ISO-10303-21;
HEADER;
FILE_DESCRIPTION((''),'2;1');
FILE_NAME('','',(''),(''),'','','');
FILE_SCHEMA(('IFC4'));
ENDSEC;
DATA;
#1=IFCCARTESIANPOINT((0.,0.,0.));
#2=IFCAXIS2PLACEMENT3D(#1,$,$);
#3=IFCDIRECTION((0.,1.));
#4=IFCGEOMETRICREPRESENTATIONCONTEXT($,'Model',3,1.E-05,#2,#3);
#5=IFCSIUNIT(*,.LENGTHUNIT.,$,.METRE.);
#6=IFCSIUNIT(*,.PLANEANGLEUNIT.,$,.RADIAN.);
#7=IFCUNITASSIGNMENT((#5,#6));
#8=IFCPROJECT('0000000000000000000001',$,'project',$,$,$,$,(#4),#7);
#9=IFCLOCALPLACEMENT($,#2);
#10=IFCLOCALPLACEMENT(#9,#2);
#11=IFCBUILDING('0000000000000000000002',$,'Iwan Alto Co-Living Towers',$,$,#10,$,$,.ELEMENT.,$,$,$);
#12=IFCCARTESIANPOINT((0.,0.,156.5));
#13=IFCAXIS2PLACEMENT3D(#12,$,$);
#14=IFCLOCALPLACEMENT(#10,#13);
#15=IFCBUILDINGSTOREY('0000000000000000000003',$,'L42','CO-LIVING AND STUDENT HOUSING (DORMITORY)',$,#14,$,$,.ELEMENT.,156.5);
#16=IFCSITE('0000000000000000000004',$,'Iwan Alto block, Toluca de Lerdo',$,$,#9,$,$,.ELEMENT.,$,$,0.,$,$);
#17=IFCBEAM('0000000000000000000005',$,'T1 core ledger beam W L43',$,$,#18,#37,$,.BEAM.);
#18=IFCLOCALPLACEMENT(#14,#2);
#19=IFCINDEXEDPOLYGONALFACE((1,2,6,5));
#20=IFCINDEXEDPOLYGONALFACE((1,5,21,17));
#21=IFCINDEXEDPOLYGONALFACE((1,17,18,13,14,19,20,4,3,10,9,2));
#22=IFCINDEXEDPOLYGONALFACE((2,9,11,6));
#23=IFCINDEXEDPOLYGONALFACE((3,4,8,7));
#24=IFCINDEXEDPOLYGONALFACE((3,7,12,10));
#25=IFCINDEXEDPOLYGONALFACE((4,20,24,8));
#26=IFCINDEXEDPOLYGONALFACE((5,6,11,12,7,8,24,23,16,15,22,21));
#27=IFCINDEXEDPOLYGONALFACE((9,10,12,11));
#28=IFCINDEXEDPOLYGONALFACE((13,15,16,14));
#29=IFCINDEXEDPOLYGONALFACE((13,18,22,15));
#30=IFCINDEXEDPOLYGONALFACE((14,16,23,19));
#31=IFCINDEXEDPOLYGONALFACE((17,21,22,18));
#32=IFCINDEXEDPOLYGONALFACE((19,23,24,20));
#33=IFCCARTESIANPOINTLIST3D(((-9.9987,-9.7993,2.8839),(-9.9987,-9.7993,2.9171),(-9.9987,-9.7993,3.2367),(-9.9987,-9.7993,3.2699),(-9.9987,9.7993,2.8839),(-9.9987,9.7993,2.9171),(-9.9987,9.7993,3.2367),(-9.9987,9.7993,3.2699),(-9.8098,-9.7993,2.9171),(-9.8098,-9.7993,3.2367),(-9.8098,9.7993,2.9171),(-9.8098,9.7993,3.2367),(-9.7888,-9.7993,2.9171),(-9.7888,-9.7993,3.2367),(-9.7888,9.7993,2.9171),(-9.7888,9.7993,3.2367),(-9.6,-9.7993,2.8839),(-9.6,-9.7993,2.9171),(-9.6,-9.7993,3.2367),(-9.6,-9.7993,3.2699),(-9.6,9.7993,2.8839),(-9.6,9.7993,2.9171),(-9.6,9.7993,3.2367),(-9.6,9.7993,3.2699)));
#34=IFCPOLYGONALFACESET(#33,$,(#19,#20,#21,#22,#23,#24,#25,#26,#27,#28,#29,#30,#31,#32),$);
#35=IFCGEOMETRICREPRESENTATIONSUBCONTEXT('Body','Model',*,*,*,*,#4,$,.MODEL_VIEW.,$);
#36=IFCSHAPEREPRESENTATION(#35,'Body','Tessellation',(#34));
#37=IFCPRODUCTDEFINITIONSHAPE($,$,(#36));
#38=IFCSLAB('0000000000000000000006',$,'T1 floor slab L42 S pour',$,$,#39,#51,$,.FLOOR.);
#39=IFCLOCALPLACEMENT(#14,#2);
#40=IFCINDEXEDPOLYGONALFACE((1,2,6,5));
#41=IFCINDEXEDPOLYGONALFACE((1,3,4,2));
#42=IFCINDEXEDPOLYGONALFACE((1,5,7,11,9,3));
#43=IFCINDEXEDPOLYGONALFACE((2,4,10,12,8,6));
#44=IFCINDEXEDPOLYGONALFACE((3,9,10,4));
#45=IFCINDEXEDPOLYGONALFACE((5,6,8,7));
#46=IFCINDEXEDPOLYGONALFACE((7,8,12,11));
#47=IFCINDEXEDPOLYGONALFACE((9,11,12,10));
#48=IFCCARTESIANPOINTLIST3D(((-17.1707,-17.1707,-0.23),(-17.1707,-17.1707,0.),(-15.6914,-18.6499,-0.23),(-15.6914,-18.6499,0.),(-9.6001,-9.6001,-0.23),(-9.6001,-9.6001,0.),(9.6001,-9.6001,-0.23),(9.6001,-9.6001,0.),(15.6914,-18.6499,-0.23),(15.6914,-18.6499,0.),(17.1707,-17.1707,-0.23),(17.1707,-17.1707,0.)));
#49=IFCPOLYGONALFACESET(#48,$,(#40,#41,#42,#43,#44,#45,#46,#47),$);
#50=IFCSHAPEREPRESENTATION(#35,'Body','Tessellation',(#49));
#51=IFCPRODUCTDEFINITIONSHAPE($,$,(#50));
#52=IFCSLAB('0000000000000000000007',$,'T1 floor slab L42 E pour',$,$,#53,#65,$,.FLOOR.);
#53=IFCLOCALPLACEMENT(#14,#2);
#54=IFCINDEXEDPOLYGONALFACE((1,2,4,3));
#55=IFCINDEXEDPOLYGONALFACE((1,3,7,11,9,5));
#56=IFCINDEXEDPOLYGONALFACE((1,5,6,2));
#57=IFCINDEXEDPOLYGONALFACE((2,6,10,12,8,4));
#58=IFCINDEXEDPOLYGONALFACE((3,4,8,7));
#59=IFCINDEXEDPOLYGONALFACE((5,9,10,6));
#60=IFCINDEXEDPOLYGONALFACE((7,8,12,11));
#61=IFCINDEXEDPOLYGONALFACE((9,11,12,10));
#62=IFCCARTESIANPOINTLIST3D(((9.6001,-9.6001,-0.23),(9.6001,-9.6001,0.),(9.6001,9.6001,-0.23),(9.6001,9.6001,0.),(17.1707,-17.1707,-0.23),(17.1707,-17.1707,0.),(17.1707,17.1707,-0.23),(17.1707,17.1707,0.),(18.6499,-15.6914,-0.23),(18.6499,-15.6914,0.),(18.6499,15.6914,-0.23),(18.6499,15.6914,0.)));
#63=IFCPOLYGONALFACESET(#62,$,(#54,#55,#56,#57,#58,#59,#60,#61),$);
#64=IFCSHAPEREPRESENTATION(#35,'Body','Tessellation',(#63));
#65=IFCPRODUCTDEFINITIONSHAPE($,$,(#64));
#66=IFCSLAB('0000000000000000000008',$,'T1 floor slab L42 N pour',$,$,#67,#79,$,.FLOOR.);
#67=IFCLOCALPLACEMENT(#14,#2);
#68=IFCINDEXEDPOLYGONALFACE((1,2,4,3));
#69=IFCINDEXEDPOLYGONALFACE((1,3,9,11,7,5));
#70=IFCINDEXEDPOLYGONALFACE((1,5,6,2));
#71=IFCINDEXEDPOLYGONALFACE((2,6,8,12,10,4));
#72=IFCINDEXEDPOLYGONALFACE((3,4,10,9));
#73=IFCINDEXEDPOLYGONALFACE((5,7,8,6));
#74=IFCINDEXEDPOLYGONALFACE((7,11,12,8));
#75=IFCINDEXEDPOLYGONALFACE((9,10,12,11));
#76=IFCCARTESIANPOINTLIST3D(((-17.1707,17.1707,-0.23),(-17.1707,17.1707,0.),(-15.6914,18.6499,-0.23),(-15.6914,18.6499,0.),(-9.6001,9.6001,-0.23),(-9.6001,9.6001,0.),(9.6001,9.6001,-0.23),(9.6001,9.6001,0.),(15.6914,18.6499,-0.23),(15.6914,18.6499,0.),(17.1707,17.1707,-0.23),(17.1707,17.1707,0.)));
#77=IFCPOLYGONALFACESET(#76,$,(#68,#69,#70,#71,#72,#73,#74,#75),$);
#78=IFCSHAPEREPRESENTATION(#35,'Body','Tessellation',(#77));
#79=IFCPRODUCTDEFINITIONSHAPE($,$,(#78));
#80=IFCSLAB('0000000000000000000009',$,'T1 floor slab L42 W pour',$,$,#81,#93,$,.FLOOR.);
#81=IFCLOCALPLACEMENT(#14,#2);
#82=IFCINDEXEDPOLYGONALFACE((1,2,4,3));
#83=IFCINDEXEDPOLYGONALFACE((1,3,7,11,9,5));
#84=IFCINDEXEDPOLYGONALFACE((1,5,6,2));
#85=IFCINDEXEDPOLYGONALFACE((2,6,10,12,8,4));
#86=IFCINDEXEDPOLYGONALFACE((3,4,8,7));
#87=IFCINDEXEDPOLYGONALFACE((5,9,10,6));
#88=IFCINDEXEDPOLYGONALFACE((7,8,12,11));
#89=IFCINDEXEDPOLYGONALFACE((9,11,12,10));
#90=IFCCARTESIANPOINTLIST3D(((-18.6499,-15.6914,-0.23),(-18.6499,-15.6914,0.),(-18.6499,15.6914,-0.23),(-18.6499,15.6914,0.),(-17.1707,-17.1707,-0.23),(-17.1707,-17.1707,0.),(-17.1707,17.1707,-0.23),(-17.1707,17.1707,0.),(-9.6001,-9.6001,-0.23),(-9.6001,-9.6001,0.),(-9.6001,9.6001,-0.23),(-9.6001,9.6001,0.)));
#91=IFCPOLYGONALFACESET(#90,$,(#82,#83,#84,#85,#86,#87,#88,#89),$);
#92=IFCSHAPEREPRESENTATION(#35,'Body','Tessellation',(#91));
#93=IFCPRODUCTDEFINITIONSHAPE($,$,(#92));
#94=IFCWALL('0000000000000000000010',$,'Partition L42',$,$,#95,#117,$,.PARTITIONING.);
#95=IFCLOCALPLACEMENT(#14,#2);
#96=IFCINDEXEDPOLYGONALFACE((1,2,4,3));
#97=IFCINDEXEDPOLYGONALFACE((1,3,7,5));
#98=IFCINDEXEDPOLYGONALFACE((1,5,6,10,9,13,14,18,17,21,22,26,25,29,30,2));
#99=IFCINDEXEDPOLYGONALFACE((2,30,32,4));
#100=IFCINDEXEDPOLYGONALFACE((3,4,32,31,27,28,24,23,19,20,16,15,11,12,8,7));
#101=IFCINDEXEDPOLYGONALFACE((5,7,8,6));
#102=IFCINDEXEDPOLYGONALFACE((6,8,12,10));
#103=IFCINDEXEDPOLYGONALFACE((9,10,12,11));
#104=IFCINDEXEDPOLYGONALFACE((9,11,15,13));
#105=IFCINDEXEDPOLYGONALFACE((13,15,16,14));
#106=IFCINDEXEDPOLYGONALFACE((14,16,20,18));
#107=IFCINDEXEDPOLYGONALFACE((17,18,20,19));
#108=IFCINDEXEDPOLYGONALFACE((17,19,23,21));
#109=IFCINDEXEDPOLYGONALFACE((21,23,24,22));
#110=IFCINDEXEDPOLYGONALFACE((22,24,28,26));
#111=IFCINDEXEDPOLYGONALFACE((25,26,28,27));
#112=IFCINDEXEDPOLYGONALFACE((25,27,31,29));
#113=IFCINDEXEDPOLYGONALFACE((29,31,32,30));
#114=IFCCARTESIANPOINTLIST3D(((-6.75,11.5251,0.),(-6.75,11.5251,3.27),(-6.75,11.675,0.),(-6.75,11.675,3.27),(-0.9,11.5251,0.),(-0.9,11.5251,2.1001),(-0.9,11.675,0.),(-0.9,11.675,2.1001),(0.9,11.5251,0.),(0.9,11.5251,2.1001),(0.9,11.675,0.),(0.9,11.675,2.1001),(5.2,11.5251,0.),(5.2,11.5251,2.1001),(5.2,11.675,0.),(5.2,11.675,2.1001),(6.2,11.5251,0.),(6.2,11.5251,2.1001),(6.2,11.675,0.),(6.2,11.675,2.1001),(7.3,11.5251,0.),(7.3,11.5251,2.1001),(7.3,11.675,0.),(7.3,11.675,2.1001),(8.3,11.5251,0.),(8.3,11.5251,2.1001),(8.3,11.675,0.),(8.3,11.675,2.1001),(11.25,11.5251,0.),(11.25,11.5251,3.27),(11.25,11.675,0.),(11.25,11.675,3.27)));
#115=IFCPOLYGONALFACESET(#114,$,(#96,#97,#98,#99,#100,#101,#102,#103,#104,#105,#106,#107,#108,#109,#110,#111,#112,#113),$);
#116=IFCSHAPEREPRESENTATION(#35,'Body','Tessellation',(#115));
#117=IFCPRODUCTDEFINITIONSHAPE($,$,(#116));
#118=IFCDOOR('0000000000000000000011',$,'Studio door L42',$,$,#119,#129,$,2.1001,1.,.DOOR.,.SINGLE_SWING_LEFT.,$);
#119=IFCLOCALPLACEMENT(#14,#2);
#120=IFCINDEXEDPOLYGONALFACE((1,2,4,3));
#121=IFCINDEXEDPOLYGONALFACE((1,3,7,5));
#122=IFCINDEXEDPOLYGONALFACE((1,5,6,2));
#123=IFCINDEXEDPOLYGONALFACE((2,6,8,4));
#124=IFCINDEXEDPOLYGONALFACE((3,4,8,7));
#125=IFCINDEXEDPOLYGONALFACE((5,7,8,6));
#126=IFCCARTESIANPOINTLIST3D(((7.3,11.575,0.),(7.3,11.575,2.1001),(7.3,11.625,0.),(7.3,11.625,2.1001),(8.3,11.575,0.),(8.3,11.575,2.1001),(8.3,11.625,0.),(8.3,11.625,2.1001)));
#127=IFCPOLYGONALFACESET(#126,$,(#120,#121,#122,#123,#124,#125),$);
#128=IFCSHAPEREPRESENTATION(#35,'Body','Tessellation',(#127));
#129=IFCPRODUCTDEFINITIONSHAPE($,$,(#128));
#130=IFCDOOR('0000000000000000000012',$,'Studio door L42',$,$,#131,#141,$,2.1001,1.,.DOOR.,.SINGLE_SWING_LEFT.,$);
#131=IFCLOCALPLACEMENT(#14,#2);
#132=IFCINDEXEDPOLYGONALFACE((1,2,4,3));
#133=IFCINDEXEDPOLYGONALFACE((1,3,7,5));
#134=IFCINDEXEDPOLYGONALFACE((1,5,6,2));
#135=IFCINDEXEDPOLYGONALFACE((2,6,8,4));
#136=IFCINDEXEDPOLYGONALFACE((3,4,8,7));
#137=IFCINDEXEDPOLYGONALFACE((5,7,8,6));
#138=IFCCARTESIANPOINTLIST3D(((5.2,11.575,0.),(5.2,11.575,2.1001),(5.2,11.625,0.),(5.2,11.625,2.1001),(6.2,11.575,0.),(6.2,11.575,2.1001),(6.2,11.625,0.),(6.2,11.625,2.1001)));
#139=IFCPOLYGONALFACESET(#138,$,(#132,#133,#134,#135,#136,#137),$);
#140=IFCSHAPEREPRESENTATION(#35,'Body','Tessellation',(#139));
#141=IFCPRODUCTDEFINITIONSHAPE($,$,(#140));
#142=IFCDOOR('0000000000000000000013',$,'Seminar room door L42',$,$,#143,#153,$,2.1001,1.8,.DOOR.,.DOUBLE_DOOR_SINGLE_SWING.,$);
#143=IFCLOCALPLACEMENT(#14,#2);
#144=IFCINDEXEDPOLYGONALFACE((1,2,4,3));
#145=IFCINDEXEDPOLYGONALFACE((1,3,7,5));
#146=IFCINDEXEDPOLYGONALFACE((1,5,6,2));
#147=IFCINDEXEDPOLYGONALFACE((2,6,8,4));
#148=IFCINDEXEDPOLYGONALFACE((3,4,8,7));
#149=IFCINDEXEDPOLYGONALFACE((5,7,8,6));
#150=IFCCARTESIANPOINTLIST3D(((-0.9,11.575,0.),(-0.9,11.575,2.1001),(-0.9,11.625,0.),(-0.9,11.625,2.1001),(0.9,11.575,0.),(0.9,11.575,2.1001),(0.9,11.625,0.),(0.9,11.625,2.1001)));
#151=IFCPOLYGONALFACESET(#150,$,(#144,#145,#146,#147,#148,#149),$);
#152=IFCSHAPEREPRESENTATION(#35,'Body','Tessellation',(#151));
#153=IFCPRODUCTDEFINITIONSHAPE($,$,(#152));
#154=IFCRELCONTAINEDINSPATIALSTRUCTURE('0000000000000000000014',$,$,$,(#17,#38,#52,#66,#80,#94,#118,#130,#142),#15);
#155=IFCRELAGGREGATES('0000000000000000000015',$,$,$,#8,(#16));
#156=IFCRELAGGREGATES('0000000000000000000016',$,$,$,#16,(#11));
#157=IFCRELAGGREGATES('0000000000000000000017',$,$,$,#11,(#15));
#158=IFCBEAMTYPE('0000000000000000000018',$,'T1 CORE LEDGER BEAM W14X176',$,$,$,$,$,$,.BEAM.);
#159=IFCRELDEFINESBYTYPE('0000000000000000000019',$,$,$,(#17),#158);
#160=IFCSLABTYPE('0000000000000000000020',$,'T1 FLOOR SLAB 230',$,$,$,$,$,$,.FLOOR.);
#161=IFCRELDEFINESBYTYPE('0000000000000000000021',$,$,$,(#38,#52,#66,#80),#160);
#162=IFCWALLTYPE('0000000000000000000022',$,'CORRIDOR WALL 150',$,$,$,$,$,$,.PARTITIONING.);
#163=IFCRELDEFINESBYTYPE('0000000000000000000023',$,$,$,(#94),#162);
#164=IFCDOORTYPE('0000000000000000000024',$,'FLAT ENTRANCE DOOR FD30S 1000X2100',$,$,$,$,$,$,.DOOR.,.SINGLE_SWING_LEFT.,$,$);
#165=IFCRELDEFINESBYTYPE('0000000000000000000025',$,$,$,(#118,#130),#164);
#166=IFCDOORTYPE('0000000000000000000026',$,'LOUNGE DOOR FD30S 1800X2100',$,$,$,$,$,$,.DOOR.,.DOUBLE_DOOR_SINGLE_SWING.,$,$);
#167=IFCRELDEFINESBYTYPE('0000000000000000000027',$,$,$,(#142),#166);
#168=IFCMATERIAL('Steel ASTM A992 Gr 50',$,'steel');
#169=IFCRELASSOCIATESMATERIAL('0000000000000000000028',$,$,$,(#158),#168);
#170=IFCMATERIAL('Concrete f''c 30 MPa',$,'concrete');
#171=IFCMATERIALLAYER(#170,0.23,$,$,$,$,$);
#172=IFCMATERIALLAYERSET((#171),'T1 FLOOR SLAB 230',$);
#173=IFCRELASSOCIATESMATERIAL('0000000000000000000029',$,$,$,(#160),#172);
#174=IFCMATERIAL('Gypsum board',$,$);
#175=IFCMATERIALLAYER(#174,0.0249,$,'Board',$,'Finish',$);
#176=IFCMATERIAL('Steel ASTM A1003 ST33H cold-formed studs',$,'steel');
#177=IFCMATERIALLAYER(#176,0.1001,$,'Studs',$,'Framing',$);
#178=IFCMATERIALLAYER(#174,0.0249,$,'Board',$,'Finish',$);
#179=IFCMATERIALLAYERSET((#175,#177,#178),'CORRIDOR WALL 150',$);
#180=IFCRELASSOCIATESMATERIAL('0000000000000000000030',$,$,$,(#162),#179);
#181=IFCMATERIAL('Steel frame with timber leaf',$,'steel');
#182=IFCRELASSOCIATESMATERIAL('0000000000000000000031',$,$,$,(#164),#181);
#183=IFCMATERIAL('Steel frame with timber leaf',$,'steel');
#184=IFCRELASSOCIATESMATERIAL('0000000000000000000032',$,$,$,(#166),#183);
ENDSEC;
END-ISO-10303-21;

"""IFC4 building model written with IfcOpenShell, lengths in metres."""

from ifc_helpers import new_model, si_unit, direction, frame, frame_2d, origin, origin_2d, place, context, subcontext, project, spatial, polyline, rectangle, i_section, outline, extrude, material, layer, layer_set, material_profile, profile_set, type_object, element, fill, save


model = new_model("IFC4")

# Units and contexts
model_context = context("Model", 3, precision=1e-05, world=origin(), true_north=direction((0.0, 1.0)))
body_context = subcontext(model_context, "Body", "Model", "MODEL_VIEW")
ifc_project = project(units=[si_unit("LENGTHUNIT", "METRE"), si_unit("PLANEANGLEUNIT", "RADIAN")], contexts=[model_context])

# Site, building, storey
site_placement = place(None, origin())
site = spatial("IfcSite", under=ifc_project, at=site_placement, Name="Iwan Alto block, Toluca de Lerdo", CompositionType="ELEMENT", RefElevation=0.0)
building_placement = place(site_placement, origin())
building = spatial("IfcBuilding", under=site, at=building_placement, Name="Iwan Alto Co-Living Towers", CompositionType="ELEMENT")
storey_placement = place(building_placement, frame((0.0, 0.0, 156.5)))
storey = spatial("IfcBuildingStorey", under=building, at=storey_placement, Name="L42", Description="CO-LIVING AND STUDENT HOUSING (DORMITORY)", CompositionType="ELEMENT", Elevation=156.5)

# Beam
ifc_material_1 = material(Name="Steel ASTM A992 Gr 50", Category="steel")
ifc_material_profile = material_profile(ifc_material_1, i_section(OverallWidth=0.3987, OverallDepth=0.386, WebThickness=0.021, FlangeThickness=0.0332, at=origin_2d()), Name="W14X176")
ifc_profile_set = profile_set([ifc_material_profile], Name="Steel ASTM A992 Gr 50")
beam_type = type_object("IfcBeamType", Name="T1 CORE LEDGER BEAM W14X176", PredefinedType="BEAM", material=ifc_profile_set)
beam_placement = place(storey_placement, frame((-9.7993, 9.7993, 3.0769), z_axis=(0.0, -1.0, 0.0), x_axis=(1.0, 0.0, 0.0)))
element("IfcBeam", 1, at=beam_placement, inside=storey, type_object=beam_type, Name="T1 core ledger beam W L43", PredefinedType="BEAM", context=body_context, shape_type="SweptSolid", body=[
    extrude(i_section(OverallWidth=0.3987, OverallDepth=0.386, WebThickness=0.021, FlangeThickness=0.0332, at=origin_2d()), origin(), (0.0, 0.0, 1.0), 19.5986),
])

# Slabs
ifc_material_2 = material(Name="Concrete f'c 30 MPa", Category="concrete")
ifc_layer_1 = layer(ifc_material_2, 0.23)
ifc_layer_set_1 = layer_set([ifc_layer_1], Name="T1 FLOOR SLAB 230")
slab_type = type_object("IfcSlabType", Name="T1 FLOOR SLAB 230", PredefinedType="FLOOR", material=ifc_layer_set_1)
slab_1_placement = place(storey_placement, frame((0.0, 0.0, -0.23)))
element("IfcSlab", 2, at=slab_1_placement, inside=storey, type_object=slab_type, Name="T1 floor slab L42 S pour", PredefinedType="FLOOR", context=body_context, shape_type="SweptSolid", body=[
    extrude(outline(polyline([(15.6914, -18.6499), (-15.6914, -18.6499), (-17.1707, -17.1707), (-9.6001, -9.6001), (9.6001, -9.6001), (17.1707, -17.1707), (15.6914, -18.6499)])), origin(), (0.0, 0.0, 1.0), 0.23),
])
slab_2_placement = place(storey_placement, frame((0.0, 0.0, -0.23)))
element("IfcSlab", 3, at=slab_2_placement, inside=storey, type_object=slab_type, Name="T1 floor slab L42 E pour", PredefinedType="FLOOR", context=body_context, shape_type="SweptSolid", body=[
    extrude(outline(polyline([(18.6499, 15.6914), (18.6499, -15.6914), (17.1707, -17.1707), (9.6001, -9.6001), (9.6001, 9.6001), (17.1707, 17.1707), (18.6499, 15.6914)])), origin(), (0.0, 0.0, 1.0), 0.23),
])
slab_3_placement = place(storey_placement, frame((0.0, 0.0, -0.23)))
element("IfcSlab", 4, at=slab_3_placement, inside=storey, type_object=slab_type, Name="T1 floor slab L42 N pour", PredefinedType="FLOOR", context=body_context, shape_type="SweptSolid", body=[
    extrude(outline(polyline([(-15.6914, 18.6499), (15.6914, 18.6499), (17.1707, 17.1707), (9.6001, 9.6001), (-9.6001, 9.6001), (-17.1707, 17.1707), (-15.6914, 18.6499)])), origin(), (0.0, 0.0, 1.0), 0.23),
])
slab_4_placement = place(storey_placement, frame((0.0, 0.0, -0.23)))
element("IfcSlab", 5, at=slab_4_placement, inside=storey, type_object=slab_type, Name="T1 floor slab L42 W pour", PredefinedType="FLOOR", context=body_context, shape_type="SweptSolid", body=[
    extrude(outline(polyline([(-18.6499, 15.6914), (-17.1707, 17.1707), (-9.6001, 9.6001), (-9.6001, -9.6001), (-17.1707, -17.1707), (-18.6499, -15.6914), (-18.6499, 15.6914)])), origin(), (0.0, 0.0, 1.0), 0.23),
])

# Wall, openings, doors
ifc_material_3 = material(Name="Gypsum board")
ifc_layer_2 = layer(ifc_material_3, 0.0249, Name="Board", Category="Finish")
ifc_material_4 = material(Name="Steel ASTM A1003 ST33H cold-formed studs", Category="steel")
ifc_layer_3 = layer(ifc_material_4, 0.1001, Name="Studs", Category="Framing")
ifc_layer_4 = layer(ifc_material_3, 0.0249, Name="Board", Category="Finish")
ifc_layer_set_2 = layer_set([ifc_layer_2, ifc_layer_3, ifc_layer_4], Name="CORRIDOR WALL 150")
wall_type_1 = type_object("IfcWallType", Name="CORRIDOR WALL 150", PredefinedType="PARTITIONING", material=ifc_layer_set_2)
wall_1_placement = place(storey_placement, frame((-6.75, 11.6001, 0.0), z_axis=(0.0, 0.0, 1.0), x_axis=(1.0, 0.0, 0.0)))
wall_1 = element("IfcWall", 6, at=wall_1_placement, inside=storey, type_object=wall_type_1, Name="Partition L42", PredefinedType="PARTITIONING", context=body_context, shape_type="SweptSolid", body=[
    extrude(rectangle(XDim=18.0, YDim=0.1499, at=frame_2d((9.0, 0.0))), origin(), (0.0, 0.0, 1.0), 3.27),
])
opening_1_placement = place(wall_1_placement, frame((14.05, 0.0, 0.0)))
opening_1 = element("IfcOpeningElement", 7, at=opening_1_placement, cuts=wall_1, PredefinedType="OPENING", context=body_context, shape_type="SweptSolid", body=[
    extrude(rectangle(XDim=1.0, YDim=2.1001, at=frame_2d((0.5, 1.05))), frame((0.0, 0.085, 0.0), z_axis=(0.0, -1.0, 0.0), x_axis=(1.0, 0.0, 0.0)), (0.0, 0.0, 1.0), 0.1699),
])
opening_2_placement = place(wall_1_placement, frame((11.95, 0.0, 0.0)))
opening_2 = element("IfcOpeningElement", 8, at=opening_2_placement, cuts=wall_1, PredefinedType="OPENING", context=body_context, shape_type="SweptSolid", body=[
    extrude(rectangle(XDim=1.0, YDim=2.1001, at=frame_2d((0.5, 1.05))), frame((0.0, 0.085, 0.0), z_axis=(0.0, -1.0, 0.0), x_axis=(1.0, 0.0, 0.0)), (0.0, 0.0, 1.0), 0.1699),
])
opening_3_placement = place(wall_1_placement, frame((5.8501, 0.0, 0.0)))
opening_3 = element("IfcOpeningElement", 9, at=opening_3_placement, cuts=wall_1, PredefinedType="OPENING", context=body_context, shape_type="SweptSolid", body=[
    extrude(rectangle(XDim=1.8, YDim=2.1001, at=frame_2d((0.8999, 1.05))), frame((0.0, 0.085, 0.0), z_axis=(0.0, -1.0, 0.0), x_axis=(1.0, 0.0, 0.0)), (0.0, 0.0, 1.0), 0.1699),
])
ifc_material_5 = material(Name="Steel frame with timber leaf", Category="steel")
door_type_1 = type_object("IfcDoorType", Name="FLAT ENTRANCE DOOR FD30S 1000X2100", OperationType="SINGLE_SWING_LEFT", PredefinedType="DOOR", material=ifc_material_5)
door_1_placement = place(opening_1_placement, origin())
door_1 = element("IfcDoor", 10, at=door_1_placement, inside=storey, type_object=door_type_1, Name="Studio door L42", OperationType="SINGLE_SWING_LEFT", OverallHeight=2.1001, OverallWidth=1.0, PredefinedType="DOOR", context=body_context, shape_type="SweptSolid", body=[
    extrude(rectangle(XDim=1.0, YDim=2.1001, at=frame_2d((0.5, 1.05))), frame((0.0, 0.0249, 0.0), z_axis=(0.0, -1.0, 0.0), x_axis=(1.0, 0.0, 0.0)), (0.0, 0.0, 1.0), 0.05),
])
fill(opening_1, door_1)
door_2_placement = place(opening_2_placement, origin())
door_2 = element("IfcDoor", 11, at=door_2_placement, inside=storey, type_object=door_type_1, Name="Studio door L42", OperationType="SINGLE_SWING_LEFT", OverallHeight=2.1001, OverallWidth=1.0, PredefinedType="DOOR", context=body_context, shape_type="SweptSolid", body=[
    extrude(rectangle(XDim=1.0, YDim=2.1001, at=frame_2d((0.5, 1.05))), frame((0.0, 0.0249, 0.0), z_axis=(0.0, -1.0, 0.0), x_axis=(1.0, 0.0, 0.0)), (0.0, 0.0, 1.0), 0.05),
])
fill(opening_2, door_2)
ifc_material_6 = material(Name="Steel frame with timber leaf", Category="steel")
door_type_2 = type_object("IfcDoorType", Name="LOUNGE DOOR FD30S 1800X2100", OperationType="DOUBLE_DOOR_SINGLE_SWING", PredefinedType="DOOR", material=ifc_material_6)
door_3_placement = place(opening_3_placement, origin())
door_3 = element("IfcDoor", 12, at=door_3_placement, inside=storey, type_object=door_type_2, Name="Seminar room door L42", OperationType="DOUBLE_DOOR_SINGLE_SWING", OverallHeight=2.1001, OverallWidth=1.8, PredefinedType="DOOR", context=body_context, shape_type="SweptSolid", body=[
    extrude(rectangle(XDim=1.8, YDim=2.1001, at=frame_2d((0.8999, 1.05))), frame((0.0, 0.0249, 0.0), z_axis=(0.0, -1.0, 0.0), x_axis=(1.0, 0.0, 0.0)), (0.0, 0.0, 1.0), 0.05),
])
fill(opening_3, door_3)

save(model, "model.ifc")
